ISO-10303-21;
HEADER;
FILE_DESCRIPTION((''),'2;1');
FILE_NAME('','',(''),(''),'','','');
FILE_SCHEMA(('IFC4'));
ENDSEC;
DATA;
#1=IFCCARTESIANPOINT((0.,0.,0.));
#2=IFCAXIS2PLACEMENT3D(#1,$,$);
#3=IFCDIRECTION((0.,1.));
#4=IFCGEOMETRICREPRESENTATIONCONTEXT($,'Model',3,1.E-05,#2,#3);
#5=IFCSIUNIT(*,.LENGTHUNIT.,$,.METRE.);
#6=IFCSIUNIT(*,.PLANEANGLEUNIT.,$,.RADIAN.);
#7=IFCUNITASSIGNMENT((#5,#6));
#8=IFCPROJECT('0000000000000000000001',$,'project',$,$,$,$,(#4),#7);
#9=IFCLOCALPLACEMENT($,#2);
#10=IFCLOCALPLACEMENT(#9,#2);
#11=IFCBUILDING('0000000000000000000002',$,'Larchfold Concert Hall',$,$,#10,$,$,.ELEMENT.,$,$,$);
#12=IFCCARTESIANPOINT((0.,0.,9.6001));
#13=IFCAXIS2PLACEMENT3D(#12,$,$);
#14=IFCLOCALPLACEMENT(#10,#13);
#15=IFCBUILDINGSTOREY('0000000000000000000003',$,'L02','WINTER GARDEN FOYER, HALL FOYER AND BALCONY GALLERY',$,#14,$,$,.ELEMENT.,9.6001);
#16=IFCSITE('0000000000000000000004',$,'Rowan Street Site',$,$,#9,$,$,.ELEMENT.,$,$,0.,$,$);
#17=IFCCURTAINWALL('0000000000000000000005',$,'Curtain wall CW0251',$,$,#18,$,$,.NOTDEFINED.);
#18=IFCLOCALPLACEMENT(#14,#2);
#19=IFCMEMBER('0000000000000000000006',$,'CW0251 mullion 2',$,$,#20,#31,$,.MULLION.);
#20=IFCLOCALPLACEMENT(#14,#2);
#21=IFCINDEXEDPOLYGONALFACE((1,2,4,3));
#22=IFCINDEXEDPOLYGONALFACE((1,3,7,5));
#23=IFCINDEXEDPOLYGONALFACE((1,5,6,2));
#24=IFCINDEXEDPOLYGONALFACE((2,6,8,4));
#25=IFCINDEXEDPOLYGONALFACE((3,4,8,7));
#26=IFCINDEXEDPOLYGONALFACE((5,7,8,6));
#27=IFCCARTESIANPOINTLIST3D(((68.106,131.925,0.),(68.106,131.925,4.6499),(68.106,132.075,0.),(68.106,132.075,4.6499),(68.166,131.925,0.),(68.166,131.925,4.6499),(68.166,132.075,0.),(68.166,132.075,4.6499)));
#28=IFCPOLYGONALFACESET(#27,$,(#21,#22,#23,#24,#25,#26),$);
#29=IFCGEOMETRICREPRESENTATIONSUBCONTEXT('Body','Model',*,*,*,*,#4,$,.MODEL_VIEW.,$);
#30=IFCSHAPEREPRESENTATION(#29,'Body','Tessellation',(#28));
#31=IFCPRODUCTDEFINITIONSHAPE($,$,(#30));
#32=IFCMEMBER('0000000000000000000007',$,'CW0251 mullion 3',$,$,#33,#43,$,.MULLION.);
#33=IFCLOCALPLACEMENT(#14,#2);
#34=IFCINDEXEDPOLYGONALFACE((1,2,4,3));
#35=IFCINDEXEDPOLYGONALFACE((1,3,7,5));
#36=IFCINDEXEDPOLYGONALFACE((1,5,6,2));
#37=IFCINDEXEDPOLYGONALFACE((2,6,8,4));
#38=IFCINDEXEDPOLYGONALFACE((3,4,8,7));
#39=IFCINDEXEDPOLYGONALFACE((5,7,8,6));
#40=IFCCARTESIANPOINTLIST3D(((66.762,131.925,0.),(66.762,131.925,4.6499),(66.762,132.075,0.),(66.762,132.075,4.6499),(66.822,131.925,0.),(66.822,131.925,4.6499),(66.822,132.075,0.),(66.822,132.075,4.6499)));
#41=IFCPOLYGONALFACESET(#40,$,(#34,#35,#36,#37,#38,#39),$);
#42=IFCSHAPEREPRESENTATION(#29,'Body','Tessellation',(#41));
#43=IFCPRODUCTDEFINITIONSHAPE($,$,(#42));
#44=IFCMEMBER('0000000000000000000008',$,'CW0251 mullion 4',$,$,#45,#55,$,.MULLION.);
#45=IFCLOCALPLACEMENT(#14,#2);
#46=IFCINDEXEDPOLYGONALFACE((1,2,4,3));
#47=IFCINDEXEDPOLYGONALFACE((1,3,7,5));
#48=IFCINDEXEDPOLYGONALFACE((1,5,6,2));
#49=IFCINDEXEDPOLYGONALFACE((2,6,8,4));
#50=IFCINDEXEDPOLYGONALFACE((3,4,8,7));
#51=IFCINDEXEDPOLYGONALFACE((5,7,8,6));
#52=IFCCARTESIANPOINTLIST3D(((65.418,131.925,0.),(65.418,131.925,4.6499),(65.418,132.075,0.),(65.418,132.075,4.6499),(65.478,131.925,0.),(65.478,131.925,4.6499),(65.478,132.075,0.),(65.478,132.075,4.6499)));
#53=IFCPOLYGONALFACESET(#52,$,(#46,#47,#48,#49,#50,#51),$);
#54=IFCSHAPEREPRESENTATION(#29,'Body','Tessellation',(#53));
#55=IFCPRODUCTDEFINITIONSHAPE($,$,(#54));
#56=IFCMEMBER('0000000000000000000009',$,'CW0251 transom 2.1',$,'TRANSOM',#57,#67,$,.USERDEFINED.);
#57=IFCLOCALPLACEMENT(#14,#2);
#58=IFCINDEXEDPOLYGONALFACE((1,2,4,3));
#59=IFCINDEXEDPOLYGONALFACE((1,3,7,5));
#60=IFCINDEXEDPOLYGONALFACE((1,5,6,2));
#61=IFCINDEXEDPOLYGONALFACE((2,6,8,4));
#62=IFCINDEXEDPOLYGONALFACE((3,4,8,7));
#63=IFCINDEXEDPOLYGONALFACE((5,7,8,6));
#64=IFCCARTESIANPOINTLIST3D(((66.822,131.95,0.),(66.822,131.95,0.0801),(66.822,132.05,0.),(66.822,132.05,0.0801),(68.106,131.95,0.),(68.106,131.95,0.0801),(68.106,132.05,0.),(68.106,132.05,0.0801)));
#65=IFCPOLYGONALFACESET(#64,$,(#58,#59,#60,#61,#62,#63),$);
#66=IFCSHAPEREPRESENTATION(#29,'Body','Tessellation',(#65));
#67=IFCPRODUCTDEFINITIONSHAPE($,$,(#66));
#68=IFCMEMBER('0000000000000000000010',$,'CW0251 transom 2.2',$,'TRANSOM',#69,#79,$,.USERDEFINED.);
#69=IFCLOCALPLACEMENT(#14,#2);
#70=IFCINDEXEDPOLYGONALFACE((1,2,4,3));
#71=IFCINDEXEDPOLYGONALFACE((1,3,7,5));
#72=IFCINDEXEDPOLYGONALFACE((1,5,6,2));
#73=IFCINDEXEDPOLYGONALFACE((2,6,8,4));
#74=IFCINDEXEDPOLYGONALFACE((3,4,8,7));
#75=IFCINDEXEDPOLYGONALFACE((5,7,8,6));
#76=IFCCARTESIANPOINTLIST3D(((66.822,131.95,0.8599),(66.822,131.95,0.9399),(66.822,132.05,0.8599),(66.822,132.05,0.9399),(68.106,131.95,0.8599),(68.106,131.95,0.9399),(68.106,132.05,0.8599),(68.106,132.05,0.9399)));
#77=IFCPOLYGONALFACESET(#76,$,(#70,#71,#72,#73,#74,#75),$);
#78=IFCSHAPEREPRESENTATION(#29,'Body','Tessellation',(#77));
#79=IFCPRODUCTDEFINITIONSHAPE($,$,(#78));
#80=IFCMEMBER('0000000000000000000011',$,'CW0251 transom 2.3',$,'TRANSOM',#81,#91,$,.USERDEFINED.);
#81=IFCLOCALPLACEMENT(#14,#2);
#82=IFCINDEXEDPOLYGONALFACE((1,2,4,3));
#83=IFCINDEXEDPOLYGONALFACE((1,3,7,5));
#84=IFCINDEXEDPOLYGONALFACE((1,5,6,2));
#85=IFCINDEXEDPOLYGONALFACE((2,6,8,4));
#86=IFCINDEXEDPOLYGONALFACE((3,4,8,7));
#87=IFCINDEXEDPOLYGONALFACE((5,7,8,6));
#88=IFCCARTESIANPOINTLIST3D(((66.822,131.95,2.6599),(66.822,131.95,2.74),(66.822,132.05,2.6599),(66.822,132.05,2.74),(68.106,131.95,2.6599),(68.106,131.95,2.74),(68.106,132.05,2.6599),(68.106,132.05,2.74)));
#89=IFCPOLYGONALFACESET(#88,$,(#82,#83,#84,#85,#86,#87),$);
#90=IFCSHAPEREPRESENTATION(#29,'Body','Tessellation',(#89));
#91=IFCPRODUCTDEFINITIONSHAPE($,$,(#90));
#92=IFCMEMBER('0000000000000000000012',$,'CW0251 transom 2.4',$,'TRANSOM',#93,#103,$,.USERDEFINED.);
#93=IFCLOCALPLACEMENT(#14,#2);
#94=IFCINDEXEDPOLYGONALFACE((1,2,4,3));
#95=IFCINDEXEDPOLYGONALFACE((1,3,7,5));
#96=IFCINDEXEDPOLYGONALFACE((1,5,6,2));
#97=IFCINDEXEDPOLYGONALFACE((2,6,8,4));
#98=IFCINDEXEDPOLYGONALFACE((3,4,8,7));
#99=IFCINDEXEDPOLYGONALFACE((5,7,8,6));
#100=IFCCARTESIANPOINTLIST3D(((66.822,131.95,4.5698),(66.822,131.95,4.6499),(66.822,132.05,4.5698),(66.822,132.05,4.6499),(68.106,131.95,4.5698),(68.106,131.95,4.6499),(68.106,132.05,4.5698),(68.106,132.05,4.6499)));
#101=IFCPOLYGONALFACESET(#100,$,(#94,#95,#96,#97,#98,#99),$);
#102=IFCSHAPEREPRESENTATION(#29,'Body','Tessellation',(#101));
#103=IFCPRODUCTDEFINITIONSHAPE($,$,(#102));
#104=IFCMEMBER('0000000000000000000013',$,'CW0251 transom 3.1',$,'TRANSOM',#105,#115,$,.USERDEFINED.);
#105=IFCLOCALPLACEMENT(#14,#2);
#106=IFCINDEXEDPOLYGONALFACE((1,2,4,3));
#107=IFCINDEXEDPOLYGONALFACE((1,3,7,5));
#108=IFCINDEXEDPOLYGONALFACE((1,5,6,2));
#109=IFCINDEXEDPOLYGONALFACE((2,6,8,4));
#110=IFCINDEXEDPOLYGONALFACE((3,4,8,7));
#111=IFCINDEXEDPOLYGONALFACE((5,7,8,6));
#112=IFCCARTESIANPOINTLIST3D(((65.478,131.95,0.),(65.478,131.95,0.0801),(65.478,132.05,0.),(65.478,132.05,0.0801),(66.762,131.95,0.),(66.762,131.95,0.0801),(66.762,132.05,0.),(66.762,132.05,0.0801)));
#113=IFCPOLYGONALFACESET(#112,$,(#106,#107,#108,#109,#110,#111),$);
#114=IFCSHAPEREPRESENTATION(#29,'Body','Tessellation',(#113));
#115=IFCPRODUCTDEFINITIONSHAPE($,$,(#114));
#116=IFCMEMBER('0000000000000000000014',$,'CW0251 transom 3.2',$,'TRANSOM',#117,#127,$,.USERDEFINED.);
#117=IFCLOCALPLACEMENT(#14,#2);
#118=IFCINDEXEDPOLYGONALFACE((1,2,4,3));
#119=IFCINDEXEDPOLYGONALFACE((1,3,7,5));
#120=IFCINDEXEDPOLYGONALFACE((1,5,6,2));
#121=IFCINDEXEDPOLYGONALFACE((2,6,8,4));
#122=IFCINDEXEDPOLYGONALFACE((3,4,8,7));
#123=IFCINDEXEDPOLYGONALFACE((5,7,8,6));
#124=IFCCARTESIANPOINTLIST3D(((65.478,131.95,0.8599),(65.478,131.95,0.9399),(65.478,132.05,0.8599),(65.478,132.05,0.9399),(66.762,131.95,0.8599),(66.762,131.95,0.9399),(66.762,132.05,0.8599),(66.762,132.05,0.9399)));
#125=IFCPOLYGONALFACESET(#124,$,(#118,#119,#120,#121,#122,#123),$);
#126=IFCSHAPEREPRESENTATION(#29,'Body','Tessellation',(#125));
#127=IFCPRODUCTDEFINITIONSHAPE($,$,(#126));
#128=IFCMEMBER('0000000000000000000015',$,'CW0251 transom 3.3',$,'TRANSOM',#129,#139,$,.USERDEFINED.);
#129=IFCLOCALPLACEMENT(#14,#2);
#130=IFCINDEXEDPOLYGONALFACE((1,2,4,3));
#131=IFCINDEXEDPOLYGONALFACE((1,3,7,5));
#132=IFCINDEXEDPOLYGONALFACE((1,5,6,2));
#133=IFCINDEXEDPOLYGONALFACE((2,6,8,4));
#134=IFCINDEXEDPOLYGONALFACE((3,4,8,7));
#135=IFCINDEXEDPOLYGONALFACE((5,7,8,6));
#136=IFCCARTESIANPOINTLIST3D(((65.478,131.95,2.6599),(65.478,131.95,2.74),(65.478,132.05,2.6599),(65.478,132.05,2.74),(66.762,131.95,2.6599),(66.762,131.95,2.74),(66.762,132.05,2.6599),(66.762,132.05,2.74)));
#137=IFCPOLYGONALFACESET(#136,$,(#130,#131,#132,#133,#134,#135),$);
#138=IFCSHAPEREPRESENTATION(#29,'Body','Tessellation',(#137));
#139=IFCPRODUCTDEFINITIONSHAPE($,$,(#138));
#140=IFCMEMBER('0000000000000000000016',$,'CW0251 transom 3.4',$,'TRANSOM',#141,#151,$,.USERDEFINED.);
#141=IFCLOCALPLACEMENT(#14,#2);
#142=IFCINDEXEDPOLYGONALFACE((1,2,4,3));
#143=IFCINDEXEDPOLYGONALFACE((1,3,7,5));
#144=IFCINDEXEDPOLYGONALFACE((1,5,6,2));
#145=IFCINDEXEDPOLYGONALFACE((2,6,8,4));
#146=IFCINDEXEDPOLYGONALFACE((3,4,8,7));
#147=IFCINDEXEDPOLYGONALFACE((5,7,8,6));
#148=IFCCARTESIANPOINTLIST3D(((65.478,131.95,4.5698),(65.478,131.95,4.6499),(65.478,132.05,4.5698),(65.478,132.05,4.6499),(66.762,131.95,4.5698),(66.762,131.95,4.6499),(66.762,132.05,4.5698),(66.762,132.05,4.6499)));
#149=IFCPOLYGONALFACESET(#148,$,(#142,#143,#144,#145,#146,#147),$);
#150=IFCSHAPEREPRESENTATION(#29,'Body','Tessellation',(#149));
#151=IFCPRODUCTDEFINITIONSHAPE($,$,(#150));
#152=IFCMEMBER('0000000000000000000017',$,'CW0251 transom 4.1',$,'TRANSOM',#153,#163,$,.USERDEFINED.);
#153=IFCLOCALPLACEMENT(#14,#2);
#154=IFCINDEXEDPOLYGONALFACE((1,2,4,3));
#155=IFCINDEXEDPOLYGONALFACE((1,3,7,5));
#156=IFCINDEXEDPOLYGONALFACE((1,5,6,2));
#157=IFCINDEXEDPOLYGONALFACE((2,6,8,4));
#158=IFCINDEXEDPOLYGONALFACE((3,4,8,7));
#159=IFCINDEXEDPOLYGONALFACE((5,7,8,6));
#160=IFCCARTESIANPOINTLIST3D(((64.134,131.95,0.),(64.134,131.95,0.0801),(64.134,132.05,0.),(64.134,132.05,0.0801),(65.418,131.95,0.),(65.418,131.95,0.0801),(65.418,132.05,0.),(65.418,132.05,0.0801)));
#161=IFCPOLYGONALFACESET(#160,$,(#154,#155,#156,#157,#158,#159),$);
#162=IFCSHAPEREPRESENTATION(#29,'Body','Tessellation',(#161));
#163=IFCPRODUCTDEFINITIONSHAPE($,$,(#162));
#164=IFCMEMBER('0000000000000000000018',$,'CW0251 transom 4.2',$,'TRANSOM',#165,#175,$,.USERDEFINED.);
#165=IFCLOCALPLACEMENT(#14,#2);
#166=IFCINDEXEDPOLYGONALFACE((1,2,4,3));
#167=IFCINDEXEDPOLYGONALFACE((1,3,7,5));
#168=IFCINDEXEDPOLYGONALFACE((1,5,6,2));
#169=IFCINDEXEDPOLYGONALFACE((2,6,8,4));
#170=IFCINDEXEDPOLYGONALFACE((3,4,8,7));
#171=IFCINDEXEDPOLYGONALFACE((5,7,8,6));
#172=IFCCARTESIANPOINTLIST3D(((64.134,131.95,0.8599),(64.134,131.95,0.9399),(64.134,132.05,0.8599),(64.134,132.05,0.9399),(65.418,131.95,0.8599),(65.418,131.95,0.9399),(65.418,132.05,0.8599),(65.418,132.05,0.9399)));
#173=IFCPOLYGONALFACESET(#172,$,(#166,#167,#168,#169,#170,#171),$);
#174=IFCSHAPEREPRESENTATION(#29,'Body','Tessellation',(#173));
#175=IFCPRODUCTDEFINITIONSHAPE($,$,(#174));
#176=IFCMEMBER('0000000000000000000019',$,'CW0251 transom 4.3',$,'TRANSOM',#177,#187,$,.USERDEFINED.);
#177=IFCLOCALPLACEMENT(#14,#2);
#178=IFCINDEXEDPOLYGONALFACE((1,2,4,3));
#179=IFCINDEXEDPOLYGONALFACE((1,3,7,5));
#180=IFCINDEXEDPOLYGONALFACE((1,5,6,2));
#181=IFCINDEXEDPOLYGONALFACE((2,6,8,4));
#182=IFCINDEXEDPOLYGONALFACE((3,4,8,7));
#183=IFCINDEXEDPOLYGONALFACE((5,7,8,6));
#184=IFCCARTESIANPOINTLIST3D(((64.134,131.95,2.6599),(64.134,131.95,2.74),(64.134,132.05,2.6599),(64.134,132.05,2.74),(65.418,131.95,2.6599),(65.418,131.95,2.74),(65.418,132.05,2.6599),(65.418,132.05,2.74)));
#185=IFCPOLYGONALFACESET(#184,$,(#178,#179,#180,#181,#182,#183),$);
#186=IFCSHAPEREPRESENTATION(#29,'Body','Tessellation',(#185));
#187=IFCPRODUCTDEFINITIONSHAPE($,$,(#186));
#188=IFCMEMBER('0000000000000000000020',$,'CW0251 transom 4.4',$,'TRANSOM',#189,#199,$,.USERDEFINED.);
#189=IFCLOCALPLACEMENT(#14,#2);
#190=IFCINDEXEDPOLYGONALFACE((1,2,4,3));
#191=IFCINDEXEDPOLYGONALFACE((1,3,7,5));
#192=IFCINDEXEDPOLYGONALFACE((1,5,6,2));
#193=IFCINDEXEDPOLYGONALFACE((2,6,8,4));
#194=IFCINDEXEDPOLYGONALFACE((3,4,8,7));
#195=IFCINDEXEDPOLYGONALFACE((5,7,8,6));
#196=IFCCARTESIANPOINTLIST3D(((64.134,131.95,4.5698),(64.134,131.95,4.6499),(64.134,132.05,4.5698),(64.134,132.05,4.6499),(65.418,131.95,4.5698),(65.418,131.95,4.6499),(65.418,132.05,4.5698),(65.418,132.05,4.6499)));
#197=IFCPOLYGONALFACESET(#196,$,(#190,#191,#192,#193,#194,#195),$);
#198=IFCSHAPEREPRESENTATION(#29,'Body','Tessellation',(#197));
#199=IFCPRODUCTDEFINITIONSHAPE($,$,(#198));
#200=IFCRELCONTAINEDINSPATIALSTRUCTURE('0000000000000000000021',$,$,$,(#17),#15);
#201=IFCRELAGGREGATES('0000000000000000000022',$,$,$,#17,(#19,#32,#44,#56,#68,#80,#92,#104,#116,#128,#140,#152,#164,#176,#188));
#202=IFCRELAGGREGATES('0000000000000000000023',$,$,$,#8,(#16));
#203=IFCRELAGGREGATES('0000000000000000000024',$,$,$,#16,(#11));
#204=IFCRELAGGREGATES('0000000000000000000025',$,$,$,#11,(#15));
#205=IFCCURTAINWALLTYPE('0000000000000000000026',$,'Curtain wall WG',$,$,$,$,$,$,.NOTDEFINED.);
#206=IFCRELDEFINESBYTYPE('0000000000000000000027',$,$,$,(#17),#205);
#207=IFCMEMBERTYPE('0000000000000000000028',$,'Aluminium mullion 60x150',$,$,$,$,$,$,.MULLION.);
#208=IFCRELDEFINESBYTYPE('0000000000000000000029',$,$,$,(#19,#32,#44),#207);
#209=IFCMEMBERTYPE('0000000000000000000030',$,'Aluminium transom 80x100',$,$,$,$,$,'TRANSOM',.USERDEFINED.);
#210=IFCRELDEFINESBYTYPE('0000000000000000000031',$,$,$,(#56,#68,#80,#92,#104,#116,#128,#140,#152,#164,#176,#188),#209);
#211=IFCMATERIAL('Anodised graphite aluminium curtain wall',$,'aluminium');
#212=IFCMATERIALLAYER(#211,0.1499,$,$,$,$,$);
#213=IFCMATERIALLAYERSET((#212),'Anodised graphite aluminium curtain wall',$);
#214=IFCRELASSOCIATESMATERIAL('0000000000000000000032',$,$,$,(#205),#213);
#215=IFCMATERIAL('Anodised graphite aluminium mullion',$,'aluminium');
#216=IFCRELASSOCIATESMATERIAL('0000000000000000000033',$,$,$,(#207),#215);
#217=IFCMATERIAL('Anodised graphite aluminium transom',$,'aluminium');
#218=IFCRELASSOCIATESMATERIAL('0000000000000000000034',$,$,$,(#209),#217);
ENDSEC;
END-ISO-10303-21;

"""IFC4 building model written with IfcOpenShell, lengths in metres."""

from ifc_helpers import new_model, si_unit, direction, frame, origin, origin_2d, place, context, subcontext, project, spatial, rectangle, extrude, material, layer, layer_set, material_profile, profile_set, type_object, element, aggregate, save


model = new_model("IFC4")

# Units and contexts
model_context = context("Model", 3, precision=1e-05, world=origin(), true_north=direction((0.0, 1.0)))
body_context = subcontext(model_context, "Body", "Model", "MODEL_VIEW")
ifc_project = project(units=[si_unit("LENGTHUNIT", "METRE"), si_unit("PLANEANGLEUNIT", "RADIAN")], contexts=[model_context])

# Site, building, storey
site_placement = place(None, origin())
site = spatial("IfcSite", under=ifc_project, at=site_placement, Name="Rowan Street Site", CompositionType="ELEMENT", RefElevation=0.0)
building_placement = place(site_placement, origin())
building = spatial("IfcBuilding", under=site, at=building_placement, Name="Larchfold Concert Hall", CompositionType="ELEMENT")
storey_placement = place(building_placement, frame((0.0, 0.0, 9.6001)))
storey = spatial("IfcBuildingStorey", under=building, at=storey_placement, Name="L02", Description="WINTER GARDEN FOYER, HALL FOYER AND BALCONY GALLERY", CompositionType="ELEMENT", Elevation=9.6001)

# Curtain wall, members
ifc_material_1 = material(Name="Anodised graphite aluminium curtain wall", Category="aluminium")
ifc_layer_1 = layer(ifc_material_1, 0.1499)
ifc_layer_set_1 = layer_set([ifc_layer_1], Name="Anodised graphite aluminium curtain wall")
curtain_wall_type = type_object("IfcCurtainWallType", Name="Curtain wall WG", PredefinedType="NOTDEFINED", material=ifc_layer_set_1)
curtain_wall_placement = place(storey_placement, origin())
curtain_wall = element("IfcCurtainWall", 1, at=curtain_wall_placement, inside=storey, type_object=curtain_wall_type, Name="Curtain wall CW0251", PredefinedType="NOTDEFINED")
ifc_material_2 = material(Name="Anodised graphite aluminium mullion", Category="aluminium")
ifc_material_profile_1 = material_profile(ifc_material_2, rectangle(XDim=0.1499, YDim=0.0601, at=origin_2d()))
ifc_profile_set_1 = profile_set([ifc_material_profile_1], Name="Anodised graphite aluminium mullion")
member_type_1 = type_object("IfcMemberType", Name="Aluminium mullion 60x150", PredefinedType="MULLION", material=ifc_profile_set_1)
member_1_placement = place(storey_placement, frame((68.136, 132.0, 0.0), z_axis=(0.0, 0.0, 1.0), x_axis=(0.0, -1.0, 0.0)))
member_1 = element("IfcMember", 2, at=member_1_placement, type_object=member_type_1, Name="CW0251 mullion 2", PredefinedType="MULLION", context=body_context, shape_type="SweptSolid", body=[
    extrude(rectangle(XDim=0.1499, YDim=0.0601, at=origin_2d()), origin(), (0.0, 0.0, 1.0), 4.6499),
])
member_2_placement = place(storey_placement, frame((66.792, 132.0, 0.0), z_axis=(0.0, 0.0, 1.0), x_axis=(0.0, -1.0, 0.0)))
member_2 = element("IfcMember", 3, at=member_2_placement, type_object=member_type_1, Name="CW0251 mullion 3", PredefinedType="MULLION", context=body_context, shape_type="SweptSolid", body=[
    extrude(rectangle(XDim=0.1499, YDim=0.0601, at=origin_2d()), origin(), (0.0, 0.0, 1.0), 4.6499),
])
member_3_placement = place(storey_placement, frame((65.448, 132.0, 0.0), z_axis=(0.0, 0.0, 1.0), x_axis=(0.0, -1.0, 0.0)))
member_3 = element("IfcMember", 4, at=member_3_placement, type_object=member_type_1, Name="CW0251 mullion 4", PredefinedType="MULLION", context=body_context, shape_type="SweptSolid", body=[
    extrude(rectangle(XDim=0.1499, YDim=0.0601, at=origin_2d()), origin(), (0.0, 0.0, 1.0), 4.6499),
])
ifc_material_3 = material(Name="Anodised graphite aluminium transom", Category="aluminium")
ifc_material_profile_2 = material_profile(ifc_material_3, rectangle(XDim=0.1001, YDim=0.0801, at=origin_2d()))
ifc_profile_set_2 = profile_set([ifc_material_profile_2], Name="Anodised graphite aluminium transom")
member_type_2 = type_object("IfcMemberType", Name="Aluminium transom 80x100", ElementType="TRANSOM", PredefinedType="USERDEFINED", material=ifc_profile_set_2)
member_4_placement = place(storey_placement, frame((68.106, 132.0, 0.04), z_axis=(-1.0, 0.0, 0.0), x_axis=(0.0, -1.0, 0.0)))
member_4 = element("IfcMember", 5, at=member_4_placement, type_object=member_type_2, Name="CW0251 transom 2.1", ObjectType="TRANSOM", PredefinedType="USERDEFINED", context=body_context, shape_type="SweptSolid", body=[
    extrude(rectangle(XDim=0.1001, YDim=0.0801, at=origin_2d()), origin(), (0.0, 0.0, 1.0), 1.2839),
])
member_5_placement = place(storey_placement, frame((68.106, 132.0, 0.8999), z_axis=(-1.0, 0.0, 0.0), x_axis=(0.0, -1.0, 0.0)))
member_5 = element("IfcMember", 6, at=member_5_placement, type_object=member_type_2, Name="CW0251 transom 2.2", ObjectType="TRANSOM", PredefinedType="USERDEFINED", context=body_context, shape_type="SweptSolid", body=[
    extrude(rectangle(XDim=0.1001, YDim=0.0801, at=origin_2d()), origin(), (0.0, 0.0, 1.0), 1.2839),
])
member_6_placement = place(storey_placement, frame((68.106, 132.0, 2.7), z_axis=(-1.0, 0.0, 0.0), x_axis=(0.0, -1.0, 0.0)))
member_6 = element("IfcMember", 7, at=member_6_placement, type_object=member_type_2, Name="CW0251 transom 2.3", ObjectType="TRANSOM", PredefinedType="USERDEFINED", context=body_context, shape_type="SweptSolid", body=[
    extrude(rectangle(XDim=0.1001, YDim=0.0801, at=origin_2d()), origin(), (0.0, 0.0, 1.0), 1.2839),
])
member_7_placement = place(storey_placement, frame((68.106, 132.0, 4.6099), z_axis=(-1.0, 0.0, 0.0), x_axis=(0.0, -1.0, 0.0)))
member_7 = element("IfcMember", 8, at=member_7_placement, type_object=member_type_2, Name="CW0251 transom 2.4", ObjectType="TRANSOM", PredefinedType="USERDEFINED", context=body_context, shape_type="SweptSolid", body=[
    extrude(rectangle(XDim=0.1001, YDim=0.0801, at=origin_2d()), origin(), (0.0, 0.0, 1.0), 1.2839),
])
member_8_placement = place(storey_placement, frame((66.762, 132.0, 0.04), z_axis=(-1.0, 0.0, 0.0), x_axis=(0.0, -1.0, 0.0)))
member_8 = element("IfcMember", 9, at=member_8_placement, type_object=member_type_2, Name="CW0251 transom 3.1", ObjectType="TRANSOM", PredefinedType="USERDEFINED", context=body_context, shape_type="SweptSolid", body=[
    extrude(rectangle(XDim=0.1001, YDim=0.0801, at=origin_2d()), origin(), (0.0, 0.0, 1.0), 1.2839),
])
member_9_placement = place(storey_placement, frame((66.762, 132.0, 0.8999), z_axis=(-1.0, 0.0, 0.0), x_axis=(0.0, -1.0, 0.0)))
member_9 = element("IfcMember", 10, at=member_9_placement, type_object=member_type_2, Name="CW0251 transom 3.2", ObjectType="TRANSOM", PredefinedType="USERDEFINED", context=body_context, shape_type="SweptSolid", body=[
    extrude(rectangle(XDim=0.1001, YDim=0.0801, at=origin_2d()), origin(), (0.0, 0.0, 1.0), 1.2839),
])
member_10_placement = place(storey_placement, frame((66.762, 132.0, 2.7), z_axis=(-1.0, 0.0, 0.0), x_axis=(0.0, -1.0, 0.0)))
member_10 = element("IfcMember", 11, at=member_10_placement, type_object=member_type_2, Name="CW0251 transom 3.3", ObjectType="TRANSOM", PredefinedType="USERDEFINED", context=body_context, shape_type="SweptSolid", body=[
    extrude(rectangle(XDim=0.1001, YDim=0.0801, at=origin_2d()), origin(), (0.0, 0.0, 1.0), 1.2839),
])
member_11_placement = place(storey_placement, frame((66.762, 132.0, 4.6099), z_axis=(-1.0, 0.0, 0.0), x_axis=(0.0, -1.0, 0.0)))
member_11 = element("IfcMember", 12, at=member_11_placement, type_object=member_type_2, Name="CW0251 transom 3.4", ObjectType="TRANSOM", PredefinedType="USERDEFINED", context=body_context, shape_type="SweptSolid", body=[
    extrude(rectangle(XDim=0.1001, YDim=0.0801, at=origin_2d()), origin(), (0.0, 0.0, 1.0), 1.2839),
])
member_12_placement = place(storey_placement, frame((65.418, 132.0, 0.04), z_axis=(-1.0, 0.0, 0.0), x_axis=(0.0, -1.0, 0.0)))
member_12 = element("IfcMember", 13, at=member_12_placement, type_object=member_type_2, Name="CW0251 transom 4.1", ObjectType="TRANSOM", PredefinedType="USERDEFINED", context=body_context, shape_type="SweptSolid", body=[
    extrude(rectangle(XDim=0.1001, YDim=0.0801, at=origin_2d()), origin(), (0.0, 0.0, 1.0), 1.2839),
])
member_13_placement = place(storey_placement, frame((65.418, 132.0, 0.8999), z_axis=(-1.0, 0.0, 0.0), x_axis=(0.0, -1.0, 0.0)))
member_13 = element("IfcMember", 14, at=member_13_placement, type_object=member_type_2, Name="CW0251 transom 4.2", ObjectType="TRANSOM", PredefinedType="USERDEFINED", context=body_context, shape_type="SweptSolid", body=[
    extrude(rectangle(XDim=0.1001, YDim=0.0801, at=origin_2d()), origin(), (0.0, 0.0, 1.0), 1.2839),
])
member_14_placement = place(storey_placement, frame((65.418, 132.0, 2.7), z_axis=(-1.0, 0.0, 0.0), x_axis=(0.0, -1.0, 0.0)))
member_14 = element("IfcMember", 15, at=member_14_placement, type_object=member_type_2, Name="CW0251 transom 4.3", ObjectType="TRANSOM", PredefinedType="USERDEFINED", context=body_context, shape_type="SweptSolid", body=[
    extrude(rectangle(XDim=0.1001, YDim=0.0801, at=origin_2d()), origin(), (0.0, 0.0, 1.0), 1.2839),
])
member_15_placement = place(storey_placement, frame((65.418, 132.0, 4.6099), z_axis=(-1.0, 0.0, 0.0), x_axis=(0.0, -1.0, 0.0)))
member_15 = element("IfcMember", 16, at=member_15_placement, type_object=member_type_2, Name="CW0251 transom 4.4", ObjectType="TRANSOM", PredefinedType="USERDEFINED", context=body_context, shape_type="SweptSolid", body=[
    extrude(rectangle(XDim=0.1001, YDim=0.0801, at=origin_2d()), origin(), (0.0, 0.0, 1.0), 1.2839),
])

aggregate(curtain_wall, [member_1, member_2, member_3, member_4, member_5, member_6, member_7, member_8, member_9, member_10, member_11, member_12, member_13, member_14, member_15])

save(model, "model.ifc")
